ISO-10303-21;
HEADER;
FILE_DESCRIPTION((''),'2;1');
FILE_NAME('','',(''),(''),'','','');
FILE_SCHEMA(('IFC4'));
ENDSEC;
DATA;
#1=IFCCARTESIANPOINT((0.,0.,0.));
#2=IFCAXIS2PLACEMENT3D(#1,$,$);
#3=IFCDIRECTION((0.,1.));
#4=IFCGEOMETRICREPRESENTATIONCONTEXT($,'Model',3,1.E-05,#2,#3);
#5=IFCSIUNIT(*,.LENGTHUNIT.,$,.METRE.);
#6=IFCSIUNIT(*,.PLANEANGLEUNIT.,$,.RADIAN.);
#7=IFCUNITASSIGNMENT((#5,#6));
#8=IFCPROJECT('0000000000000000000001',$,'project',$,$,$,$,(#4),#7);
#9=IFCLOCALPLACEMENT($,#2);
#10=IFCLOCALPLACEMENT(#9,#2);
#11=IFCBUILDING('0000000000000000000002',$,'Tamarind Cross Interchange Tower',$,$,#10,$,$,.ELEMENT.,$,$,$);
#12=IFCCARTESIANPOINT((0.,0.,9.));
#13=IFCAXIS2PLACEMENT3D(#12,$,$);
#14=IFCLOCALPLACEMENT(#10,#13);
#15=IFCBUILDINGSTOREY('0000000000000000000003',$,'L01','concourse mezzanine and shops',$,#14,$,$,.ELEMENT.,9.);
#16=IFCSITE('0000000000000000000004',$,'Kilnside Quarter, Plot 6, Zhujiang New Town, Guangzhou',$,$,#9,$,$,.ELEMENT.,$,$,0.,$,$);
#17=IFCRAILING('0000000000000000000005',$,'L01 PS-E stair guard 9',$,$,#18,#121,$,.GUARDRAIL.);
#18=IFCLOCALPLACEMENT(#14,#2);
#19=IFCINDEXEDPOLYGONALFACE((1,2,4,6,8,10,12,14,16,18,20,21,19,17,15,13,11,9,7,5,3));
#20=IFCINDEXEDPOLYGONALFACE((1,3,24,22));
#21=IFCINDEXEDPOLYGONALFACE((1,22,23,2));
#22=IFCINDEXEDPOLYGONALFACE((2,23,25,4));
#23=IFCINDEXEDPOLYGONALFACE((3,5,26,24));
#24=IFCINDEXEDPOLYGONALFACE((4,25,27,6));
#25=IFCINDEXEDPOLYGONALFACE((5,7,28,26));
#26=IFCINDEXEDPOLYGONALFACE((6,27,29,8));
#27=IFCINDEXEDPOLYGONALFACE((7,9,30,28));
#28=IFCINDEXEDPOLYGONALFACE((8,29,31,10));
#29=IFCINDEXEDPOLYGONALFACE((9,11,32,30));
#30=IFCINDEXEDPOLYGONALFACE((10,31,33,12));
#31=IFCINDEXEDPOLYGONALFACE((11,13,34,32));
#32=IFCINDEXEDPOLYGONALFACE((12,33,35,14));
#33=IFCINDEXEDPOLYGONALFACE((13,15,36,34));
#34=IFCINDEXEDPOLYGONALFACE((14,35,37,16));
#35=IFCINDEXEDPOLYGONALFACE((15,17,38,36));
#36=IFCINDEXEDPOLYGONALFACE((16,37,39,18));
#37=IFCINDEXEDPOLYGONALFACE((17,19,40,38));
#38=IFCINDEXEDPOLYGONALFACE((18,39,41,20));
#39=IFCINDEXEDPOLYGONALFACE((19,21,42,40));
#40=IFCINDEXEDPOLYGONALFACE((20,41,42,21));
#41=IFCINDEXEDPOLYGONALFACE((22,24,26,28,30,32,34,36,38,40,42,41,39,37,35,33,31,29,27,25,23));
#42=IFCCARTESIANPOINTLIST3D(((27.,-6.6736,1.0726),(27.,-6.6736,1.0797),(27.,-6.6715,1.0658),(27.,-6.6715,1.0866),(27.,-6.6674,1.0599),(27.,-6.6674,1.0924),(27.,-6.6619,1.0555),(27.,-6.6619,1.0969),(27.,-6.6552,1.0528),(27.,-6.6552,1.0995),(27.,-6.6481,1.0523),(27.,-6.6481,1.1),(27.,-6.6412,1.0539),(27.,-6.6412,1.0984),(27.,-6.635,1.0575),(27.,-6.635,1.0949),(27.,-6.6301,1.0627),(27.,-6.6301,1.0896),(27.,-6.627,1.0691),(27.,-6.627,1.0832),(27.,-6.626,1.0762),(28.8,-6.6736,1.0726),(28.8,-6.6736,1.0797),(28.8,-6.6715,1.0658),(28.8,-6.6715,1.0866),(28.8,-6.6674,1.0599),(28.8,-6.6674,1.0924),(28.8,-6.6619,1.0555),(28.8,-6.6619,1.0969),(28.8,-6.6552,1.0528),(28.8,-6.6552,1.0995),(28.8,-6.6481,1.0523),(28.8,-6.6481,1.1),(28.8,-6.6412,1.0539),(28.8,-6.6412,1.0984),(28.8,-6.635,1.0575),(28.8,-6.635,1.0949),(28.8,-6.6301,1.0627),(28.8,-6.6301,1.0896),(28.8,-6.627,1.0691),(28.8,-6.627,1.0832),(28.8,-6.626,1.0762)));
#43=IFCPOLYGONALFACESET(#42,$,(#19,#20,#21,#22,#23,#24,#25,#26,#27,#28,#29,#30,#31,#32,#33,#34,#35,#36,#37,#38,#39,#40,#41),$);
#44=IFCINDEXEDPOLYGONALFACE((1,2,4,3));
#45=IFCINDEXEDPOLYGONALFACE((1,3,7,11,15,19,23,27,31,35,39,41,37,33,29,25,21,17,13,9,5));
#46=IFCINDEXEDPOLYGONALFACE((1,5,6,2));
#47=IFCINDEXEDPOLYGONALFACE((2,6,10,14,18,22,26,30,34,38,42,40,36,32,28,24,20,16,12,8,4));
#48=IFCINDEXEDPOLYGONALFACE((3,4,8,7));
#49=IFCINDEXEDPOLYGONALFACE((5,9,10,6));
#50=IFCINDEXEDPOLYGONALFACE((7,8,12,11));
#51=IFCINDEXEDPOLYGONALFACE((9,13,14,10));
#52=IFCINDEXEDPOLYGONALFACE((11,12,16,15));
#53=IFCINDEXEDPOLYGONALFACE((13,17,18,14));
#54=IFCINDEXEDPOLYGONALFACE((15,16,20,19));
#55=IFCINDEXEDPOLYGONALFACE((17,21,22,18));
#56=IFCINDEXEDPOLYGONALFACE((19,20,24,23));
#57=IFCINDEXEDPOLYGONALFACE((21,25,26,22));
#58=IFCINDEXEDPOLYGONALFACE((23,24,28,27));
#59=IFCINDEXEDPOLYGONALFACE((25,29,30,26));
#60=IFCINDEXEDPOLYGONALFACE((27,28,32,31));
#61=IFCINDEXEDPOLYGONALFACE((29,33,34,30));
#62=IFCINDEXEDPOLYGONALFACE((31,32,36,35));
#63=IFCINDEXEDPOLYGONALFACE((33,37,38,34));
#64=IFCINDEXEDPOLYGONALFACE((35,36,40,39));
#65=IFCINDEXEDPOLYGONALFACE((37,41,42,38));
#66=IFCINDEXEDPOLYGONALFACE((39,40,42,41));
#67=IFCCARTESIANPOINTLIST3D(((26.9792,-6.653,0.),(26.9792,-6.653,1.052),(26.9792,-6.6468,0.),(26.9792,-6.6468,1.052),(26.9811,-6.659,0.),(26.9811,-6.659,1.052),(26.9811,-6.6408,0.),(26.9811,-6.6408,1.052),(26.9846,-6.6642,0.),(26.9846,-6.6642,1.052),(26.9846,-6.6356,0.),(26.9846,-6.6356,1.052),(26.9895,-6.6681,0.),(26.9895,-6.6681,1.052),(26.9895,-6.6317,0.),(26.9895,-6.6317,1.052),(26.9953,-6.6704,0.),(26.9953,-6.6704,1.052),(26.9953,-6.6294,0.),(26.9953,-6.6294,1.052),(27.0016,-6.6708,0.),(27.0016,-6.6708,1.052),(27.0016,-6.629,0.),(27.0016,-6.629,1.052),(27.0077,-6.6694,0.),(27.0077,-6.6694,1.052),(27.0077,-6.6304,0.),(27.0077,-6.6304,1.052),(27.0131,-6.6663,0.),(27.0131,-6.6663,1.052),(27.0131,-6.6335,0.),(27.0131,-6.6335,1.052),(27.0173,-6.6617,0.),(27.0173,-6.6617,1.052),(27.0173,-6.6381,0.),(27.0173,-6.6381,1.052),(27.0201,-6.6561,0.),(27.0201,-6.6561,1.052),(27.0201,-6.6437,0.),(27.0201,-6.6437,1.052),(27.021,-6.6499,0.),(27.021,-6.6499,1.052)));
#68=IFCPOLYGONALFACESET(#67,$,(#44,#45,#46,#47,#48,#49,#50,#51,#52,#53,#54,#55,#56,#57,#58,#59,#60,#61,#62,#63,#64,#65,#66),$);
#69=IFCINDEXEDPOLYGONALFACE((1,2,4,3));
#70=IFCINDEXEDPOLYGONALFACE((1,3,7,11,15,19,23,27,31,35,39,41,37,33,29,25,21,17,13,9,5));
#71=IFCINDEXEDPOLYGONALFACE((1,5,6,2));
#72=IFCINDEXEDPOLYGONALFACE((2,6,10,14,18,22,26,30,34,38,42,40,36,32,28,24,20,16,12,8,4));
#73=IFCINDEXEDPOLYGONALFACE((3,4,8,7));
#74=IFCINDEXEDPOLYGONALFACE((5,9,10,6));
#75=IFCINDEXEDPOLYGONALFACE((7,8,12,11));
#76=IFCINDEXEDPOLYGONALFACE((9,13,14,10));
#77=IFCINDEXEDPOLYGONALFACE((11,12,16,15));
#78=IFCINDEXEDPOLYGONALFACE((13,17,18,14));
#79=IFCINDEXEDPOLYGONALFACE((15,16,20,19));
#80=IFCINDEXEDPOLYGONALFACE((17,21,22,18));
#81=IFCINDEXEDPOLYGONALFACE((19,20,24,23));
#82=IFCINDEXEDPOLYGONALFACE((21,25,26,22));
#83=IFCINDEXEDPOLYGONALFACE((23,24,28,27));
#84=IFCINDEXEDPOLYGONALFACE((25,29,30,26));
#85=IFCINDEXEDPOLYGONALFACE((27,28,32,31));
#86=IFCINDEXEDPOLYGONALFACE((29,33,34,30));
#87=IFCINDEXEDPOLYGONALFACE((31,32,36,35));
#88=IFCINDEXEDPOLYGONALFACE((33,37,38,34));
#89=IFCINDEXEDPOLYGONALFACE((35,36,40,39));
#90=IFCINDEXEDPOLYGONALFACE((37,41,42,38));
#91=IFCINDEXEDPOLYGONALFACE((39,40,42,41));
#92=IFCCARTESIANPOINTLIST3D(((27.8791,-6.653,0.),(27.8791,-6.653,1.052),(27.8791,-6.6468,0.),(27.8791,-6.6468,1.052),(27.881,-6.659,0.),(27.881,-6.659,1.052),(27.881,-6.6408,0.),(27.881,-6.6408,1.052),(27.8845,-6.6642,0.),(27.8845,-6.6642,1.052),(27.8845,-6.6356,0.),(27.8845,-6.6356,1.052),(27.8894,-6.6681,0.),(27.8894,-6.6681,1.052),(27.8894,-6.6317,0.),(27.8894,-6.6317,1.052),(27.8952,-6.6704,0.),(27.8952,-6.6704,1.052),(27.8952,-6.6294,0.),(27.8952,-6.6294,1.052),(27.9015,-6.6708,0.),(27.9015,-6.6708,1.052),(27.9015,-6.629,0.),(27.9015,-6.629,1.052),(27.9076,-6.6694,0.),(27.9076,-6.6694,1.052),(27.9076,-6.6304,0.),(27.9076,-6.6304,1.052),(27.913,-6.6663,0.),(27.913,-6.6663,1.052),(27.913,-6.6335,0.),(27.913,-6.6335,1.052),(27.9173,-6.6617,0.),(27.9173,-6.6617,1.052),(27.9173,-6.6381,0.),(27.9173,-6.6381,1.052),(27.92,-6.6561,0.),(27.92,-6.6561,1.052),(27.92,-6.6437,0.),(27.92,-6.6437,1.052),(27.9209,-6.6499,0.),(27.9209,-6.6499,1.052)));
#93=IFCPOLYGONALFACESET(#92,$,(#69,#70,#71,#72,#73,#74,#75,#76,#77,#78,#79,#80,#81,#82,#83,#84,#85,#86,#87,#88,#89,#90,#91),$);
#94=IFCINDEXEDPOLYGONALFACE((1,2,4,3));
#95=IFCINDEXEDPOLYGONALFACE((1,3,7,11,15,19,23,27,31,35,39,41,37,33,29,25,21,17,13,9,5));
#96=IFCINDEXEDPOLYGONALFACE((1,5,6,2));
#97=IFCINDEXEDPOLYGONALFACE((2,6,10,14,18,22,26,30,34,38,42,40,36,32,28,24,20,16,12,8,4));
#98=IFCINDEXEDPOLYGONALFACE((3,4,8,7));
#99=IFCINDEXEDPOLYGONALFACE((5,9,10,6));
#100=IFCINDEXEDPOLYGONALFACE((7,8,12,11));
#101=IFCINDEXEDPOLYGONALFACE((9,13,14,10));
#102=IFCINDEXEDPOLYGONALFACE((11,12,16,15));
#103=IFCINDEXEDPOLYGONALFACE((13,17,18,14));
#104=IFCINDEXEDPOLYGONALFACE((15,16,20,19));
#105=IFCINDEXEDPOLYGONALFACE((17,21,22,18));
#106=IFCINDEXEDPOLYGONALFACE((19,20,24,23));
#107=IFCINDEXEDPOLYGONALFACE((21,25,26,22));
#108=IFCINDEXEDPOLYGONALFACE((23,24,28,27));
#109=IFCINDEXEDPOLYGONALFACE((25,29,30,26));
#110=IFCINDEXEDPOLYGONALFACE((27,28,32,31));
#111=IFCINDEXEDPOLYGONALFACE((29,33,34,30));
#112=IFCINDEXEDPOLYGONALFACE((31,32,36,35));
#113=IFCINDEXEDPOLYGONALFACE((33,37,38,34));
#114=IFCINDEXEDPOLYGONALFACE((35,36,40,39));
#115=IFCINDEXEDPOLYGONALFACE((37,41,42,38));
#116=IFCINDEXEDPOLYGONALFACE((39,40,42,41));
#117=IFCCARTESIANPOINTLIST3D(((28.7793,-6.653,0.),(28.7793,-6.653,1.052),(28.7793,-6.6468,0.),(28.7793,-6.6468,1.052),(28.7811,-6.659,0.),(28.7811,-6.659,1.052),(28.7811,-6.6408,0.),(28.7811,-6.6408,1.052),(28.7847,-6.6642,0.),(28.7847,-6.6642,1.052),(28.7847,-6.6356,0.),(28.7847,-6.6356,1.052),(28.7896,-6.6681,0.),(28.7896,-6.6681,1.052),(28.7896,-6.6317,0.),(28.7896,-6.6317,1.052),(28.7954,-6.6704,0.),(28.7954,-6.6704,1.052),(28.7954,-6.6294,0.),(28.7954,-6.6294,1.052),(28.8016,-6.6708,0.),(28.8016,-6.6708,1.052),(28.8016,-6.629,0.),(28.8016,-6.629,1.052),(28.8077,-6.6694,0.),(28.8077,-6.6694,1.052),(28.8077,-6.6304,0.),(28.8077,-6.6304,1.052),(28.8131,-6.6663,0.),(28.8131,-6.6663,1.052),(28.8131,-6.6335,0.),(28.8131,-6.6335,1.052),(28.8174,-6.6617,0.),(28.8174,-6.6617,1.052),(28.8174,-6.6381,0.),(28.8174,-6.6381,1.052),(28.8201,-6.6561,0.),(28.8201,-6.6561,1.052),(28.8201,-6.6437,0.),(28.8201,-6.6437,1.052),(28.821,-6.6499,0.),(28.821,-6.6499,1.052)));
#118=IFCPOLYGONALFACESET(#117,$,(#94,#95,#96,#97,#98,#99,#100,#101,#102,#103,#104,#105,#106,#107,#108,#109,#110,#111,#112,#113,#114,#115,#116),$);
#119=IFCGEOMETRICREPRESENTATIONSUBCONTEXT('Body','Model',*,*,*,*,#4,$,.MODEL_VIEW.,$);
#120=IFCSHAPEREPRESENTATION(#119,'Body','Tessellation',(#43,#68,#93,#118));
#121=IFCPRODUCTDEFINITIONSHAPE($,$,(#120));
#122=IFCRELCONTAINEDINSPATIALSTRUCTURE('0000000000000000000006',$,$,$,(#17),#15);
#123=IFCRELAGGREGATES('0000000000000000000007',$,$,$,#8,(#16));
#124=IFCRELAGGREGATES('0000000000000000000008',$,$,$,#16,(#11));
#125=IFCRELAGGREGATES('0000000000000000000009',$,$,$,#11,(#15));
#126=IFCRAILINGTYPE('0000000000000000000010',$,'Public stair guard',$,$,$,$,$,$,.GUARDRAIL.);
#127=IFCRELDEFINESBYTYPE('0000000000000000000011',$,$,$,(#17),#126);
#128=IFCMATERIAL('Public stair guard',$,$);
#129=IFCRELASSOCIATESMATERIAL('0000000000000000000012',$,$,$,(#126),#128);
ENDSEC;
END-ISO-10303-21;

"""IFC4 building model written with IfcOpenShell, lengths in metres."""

from ifc_helpers import new_model, si_unit, direction, frame, origin, origin_2d, place, context, subcontext, project, spatial, circle, extrude, material, type_object, element, save


model = new_model("IFC4")

# Units and contexts
model_context = context("Model", 3, precision=1e-05, world=origin(), true_north=direction((0.0, 1.0)))
body_context = subcontext(model_context, "Body", "Model", "MODEL_VIEW")
ifc_project = project(units=[si_unit("LENGTHUNIT", "METRE"), si_unit("PLANEANGLEUNIT", "RADIAN")], contexts=[model_context])

# Site, building, storey
site_placement = place(None, origin())
site = spatial("IfcSite", under=ifc_project, at=site_placement, Name="Kilnside Quarter, Plot 6, Zhujiang New Town, Guangzhou", CompositionType="ELEMENT", RefElevation=0.0)
building_placement = place(site_placement, origin())
building = spatial("IfcBuilding", under=site, at=building_placement, Name="Tamarind Cross Interchange Tower", CompositionType="ELEMENT")
storey_placement = place(building_placement, frame((0.0, 0.0, 9.0)))
storey = spatial("IfcBuildingStorey", under=building, at=storey_placement, Name="L01", Description="concourse mezzanine and shops", CompositionType="ELEMENT", Elevation=9.0)

# Railing
ifc_material_1 = material(Name="Public stair guard")
railing_type_1 = type_object("IfcRailingType", Name="Public stair guard", PredefinedType="GUARDRAIL", material=ifc_material_1)
for number, where, name in (
    (1, (27.0, -6.6499, 0.0), "L01 PS-E stair guard 9"),
):
    element("IfcRailing", number, at=place(storey_placement, frame(where)), inside=storey, type_object=railing_type_1, Name=name, PredefinedType="GUARDRAIL", context=body_context, shape_type="SweptSolid", body=[
        extrude(circle(Radius=0.0239, at=origin_2d()), frame((0.0, 0.0, 1.0762), z_axis=(1.0, 0.0, 0.0), x_axis=(0.0, 1.0, 0.0)), (0.0, 0.0, 1.0), 1.8),
        extrude(circle(Radius=0.021, at=origin_2d()), origin(), (0.0, 0.0, 1.0), 1.052),
        extrude(circle(Radius=0.021, at=origin_2d()), frame((0.8999, 0.0, 0.0)), (0.0, 0.0, 1.0), 1.052),
        extrude(circle(Radius=0.021, at=origin_2d()), frame((1.8, 0.0, 0.0)), (0.0, 0.0, 1.0), 1.052),
    ])

save(model, "model.ifc")
